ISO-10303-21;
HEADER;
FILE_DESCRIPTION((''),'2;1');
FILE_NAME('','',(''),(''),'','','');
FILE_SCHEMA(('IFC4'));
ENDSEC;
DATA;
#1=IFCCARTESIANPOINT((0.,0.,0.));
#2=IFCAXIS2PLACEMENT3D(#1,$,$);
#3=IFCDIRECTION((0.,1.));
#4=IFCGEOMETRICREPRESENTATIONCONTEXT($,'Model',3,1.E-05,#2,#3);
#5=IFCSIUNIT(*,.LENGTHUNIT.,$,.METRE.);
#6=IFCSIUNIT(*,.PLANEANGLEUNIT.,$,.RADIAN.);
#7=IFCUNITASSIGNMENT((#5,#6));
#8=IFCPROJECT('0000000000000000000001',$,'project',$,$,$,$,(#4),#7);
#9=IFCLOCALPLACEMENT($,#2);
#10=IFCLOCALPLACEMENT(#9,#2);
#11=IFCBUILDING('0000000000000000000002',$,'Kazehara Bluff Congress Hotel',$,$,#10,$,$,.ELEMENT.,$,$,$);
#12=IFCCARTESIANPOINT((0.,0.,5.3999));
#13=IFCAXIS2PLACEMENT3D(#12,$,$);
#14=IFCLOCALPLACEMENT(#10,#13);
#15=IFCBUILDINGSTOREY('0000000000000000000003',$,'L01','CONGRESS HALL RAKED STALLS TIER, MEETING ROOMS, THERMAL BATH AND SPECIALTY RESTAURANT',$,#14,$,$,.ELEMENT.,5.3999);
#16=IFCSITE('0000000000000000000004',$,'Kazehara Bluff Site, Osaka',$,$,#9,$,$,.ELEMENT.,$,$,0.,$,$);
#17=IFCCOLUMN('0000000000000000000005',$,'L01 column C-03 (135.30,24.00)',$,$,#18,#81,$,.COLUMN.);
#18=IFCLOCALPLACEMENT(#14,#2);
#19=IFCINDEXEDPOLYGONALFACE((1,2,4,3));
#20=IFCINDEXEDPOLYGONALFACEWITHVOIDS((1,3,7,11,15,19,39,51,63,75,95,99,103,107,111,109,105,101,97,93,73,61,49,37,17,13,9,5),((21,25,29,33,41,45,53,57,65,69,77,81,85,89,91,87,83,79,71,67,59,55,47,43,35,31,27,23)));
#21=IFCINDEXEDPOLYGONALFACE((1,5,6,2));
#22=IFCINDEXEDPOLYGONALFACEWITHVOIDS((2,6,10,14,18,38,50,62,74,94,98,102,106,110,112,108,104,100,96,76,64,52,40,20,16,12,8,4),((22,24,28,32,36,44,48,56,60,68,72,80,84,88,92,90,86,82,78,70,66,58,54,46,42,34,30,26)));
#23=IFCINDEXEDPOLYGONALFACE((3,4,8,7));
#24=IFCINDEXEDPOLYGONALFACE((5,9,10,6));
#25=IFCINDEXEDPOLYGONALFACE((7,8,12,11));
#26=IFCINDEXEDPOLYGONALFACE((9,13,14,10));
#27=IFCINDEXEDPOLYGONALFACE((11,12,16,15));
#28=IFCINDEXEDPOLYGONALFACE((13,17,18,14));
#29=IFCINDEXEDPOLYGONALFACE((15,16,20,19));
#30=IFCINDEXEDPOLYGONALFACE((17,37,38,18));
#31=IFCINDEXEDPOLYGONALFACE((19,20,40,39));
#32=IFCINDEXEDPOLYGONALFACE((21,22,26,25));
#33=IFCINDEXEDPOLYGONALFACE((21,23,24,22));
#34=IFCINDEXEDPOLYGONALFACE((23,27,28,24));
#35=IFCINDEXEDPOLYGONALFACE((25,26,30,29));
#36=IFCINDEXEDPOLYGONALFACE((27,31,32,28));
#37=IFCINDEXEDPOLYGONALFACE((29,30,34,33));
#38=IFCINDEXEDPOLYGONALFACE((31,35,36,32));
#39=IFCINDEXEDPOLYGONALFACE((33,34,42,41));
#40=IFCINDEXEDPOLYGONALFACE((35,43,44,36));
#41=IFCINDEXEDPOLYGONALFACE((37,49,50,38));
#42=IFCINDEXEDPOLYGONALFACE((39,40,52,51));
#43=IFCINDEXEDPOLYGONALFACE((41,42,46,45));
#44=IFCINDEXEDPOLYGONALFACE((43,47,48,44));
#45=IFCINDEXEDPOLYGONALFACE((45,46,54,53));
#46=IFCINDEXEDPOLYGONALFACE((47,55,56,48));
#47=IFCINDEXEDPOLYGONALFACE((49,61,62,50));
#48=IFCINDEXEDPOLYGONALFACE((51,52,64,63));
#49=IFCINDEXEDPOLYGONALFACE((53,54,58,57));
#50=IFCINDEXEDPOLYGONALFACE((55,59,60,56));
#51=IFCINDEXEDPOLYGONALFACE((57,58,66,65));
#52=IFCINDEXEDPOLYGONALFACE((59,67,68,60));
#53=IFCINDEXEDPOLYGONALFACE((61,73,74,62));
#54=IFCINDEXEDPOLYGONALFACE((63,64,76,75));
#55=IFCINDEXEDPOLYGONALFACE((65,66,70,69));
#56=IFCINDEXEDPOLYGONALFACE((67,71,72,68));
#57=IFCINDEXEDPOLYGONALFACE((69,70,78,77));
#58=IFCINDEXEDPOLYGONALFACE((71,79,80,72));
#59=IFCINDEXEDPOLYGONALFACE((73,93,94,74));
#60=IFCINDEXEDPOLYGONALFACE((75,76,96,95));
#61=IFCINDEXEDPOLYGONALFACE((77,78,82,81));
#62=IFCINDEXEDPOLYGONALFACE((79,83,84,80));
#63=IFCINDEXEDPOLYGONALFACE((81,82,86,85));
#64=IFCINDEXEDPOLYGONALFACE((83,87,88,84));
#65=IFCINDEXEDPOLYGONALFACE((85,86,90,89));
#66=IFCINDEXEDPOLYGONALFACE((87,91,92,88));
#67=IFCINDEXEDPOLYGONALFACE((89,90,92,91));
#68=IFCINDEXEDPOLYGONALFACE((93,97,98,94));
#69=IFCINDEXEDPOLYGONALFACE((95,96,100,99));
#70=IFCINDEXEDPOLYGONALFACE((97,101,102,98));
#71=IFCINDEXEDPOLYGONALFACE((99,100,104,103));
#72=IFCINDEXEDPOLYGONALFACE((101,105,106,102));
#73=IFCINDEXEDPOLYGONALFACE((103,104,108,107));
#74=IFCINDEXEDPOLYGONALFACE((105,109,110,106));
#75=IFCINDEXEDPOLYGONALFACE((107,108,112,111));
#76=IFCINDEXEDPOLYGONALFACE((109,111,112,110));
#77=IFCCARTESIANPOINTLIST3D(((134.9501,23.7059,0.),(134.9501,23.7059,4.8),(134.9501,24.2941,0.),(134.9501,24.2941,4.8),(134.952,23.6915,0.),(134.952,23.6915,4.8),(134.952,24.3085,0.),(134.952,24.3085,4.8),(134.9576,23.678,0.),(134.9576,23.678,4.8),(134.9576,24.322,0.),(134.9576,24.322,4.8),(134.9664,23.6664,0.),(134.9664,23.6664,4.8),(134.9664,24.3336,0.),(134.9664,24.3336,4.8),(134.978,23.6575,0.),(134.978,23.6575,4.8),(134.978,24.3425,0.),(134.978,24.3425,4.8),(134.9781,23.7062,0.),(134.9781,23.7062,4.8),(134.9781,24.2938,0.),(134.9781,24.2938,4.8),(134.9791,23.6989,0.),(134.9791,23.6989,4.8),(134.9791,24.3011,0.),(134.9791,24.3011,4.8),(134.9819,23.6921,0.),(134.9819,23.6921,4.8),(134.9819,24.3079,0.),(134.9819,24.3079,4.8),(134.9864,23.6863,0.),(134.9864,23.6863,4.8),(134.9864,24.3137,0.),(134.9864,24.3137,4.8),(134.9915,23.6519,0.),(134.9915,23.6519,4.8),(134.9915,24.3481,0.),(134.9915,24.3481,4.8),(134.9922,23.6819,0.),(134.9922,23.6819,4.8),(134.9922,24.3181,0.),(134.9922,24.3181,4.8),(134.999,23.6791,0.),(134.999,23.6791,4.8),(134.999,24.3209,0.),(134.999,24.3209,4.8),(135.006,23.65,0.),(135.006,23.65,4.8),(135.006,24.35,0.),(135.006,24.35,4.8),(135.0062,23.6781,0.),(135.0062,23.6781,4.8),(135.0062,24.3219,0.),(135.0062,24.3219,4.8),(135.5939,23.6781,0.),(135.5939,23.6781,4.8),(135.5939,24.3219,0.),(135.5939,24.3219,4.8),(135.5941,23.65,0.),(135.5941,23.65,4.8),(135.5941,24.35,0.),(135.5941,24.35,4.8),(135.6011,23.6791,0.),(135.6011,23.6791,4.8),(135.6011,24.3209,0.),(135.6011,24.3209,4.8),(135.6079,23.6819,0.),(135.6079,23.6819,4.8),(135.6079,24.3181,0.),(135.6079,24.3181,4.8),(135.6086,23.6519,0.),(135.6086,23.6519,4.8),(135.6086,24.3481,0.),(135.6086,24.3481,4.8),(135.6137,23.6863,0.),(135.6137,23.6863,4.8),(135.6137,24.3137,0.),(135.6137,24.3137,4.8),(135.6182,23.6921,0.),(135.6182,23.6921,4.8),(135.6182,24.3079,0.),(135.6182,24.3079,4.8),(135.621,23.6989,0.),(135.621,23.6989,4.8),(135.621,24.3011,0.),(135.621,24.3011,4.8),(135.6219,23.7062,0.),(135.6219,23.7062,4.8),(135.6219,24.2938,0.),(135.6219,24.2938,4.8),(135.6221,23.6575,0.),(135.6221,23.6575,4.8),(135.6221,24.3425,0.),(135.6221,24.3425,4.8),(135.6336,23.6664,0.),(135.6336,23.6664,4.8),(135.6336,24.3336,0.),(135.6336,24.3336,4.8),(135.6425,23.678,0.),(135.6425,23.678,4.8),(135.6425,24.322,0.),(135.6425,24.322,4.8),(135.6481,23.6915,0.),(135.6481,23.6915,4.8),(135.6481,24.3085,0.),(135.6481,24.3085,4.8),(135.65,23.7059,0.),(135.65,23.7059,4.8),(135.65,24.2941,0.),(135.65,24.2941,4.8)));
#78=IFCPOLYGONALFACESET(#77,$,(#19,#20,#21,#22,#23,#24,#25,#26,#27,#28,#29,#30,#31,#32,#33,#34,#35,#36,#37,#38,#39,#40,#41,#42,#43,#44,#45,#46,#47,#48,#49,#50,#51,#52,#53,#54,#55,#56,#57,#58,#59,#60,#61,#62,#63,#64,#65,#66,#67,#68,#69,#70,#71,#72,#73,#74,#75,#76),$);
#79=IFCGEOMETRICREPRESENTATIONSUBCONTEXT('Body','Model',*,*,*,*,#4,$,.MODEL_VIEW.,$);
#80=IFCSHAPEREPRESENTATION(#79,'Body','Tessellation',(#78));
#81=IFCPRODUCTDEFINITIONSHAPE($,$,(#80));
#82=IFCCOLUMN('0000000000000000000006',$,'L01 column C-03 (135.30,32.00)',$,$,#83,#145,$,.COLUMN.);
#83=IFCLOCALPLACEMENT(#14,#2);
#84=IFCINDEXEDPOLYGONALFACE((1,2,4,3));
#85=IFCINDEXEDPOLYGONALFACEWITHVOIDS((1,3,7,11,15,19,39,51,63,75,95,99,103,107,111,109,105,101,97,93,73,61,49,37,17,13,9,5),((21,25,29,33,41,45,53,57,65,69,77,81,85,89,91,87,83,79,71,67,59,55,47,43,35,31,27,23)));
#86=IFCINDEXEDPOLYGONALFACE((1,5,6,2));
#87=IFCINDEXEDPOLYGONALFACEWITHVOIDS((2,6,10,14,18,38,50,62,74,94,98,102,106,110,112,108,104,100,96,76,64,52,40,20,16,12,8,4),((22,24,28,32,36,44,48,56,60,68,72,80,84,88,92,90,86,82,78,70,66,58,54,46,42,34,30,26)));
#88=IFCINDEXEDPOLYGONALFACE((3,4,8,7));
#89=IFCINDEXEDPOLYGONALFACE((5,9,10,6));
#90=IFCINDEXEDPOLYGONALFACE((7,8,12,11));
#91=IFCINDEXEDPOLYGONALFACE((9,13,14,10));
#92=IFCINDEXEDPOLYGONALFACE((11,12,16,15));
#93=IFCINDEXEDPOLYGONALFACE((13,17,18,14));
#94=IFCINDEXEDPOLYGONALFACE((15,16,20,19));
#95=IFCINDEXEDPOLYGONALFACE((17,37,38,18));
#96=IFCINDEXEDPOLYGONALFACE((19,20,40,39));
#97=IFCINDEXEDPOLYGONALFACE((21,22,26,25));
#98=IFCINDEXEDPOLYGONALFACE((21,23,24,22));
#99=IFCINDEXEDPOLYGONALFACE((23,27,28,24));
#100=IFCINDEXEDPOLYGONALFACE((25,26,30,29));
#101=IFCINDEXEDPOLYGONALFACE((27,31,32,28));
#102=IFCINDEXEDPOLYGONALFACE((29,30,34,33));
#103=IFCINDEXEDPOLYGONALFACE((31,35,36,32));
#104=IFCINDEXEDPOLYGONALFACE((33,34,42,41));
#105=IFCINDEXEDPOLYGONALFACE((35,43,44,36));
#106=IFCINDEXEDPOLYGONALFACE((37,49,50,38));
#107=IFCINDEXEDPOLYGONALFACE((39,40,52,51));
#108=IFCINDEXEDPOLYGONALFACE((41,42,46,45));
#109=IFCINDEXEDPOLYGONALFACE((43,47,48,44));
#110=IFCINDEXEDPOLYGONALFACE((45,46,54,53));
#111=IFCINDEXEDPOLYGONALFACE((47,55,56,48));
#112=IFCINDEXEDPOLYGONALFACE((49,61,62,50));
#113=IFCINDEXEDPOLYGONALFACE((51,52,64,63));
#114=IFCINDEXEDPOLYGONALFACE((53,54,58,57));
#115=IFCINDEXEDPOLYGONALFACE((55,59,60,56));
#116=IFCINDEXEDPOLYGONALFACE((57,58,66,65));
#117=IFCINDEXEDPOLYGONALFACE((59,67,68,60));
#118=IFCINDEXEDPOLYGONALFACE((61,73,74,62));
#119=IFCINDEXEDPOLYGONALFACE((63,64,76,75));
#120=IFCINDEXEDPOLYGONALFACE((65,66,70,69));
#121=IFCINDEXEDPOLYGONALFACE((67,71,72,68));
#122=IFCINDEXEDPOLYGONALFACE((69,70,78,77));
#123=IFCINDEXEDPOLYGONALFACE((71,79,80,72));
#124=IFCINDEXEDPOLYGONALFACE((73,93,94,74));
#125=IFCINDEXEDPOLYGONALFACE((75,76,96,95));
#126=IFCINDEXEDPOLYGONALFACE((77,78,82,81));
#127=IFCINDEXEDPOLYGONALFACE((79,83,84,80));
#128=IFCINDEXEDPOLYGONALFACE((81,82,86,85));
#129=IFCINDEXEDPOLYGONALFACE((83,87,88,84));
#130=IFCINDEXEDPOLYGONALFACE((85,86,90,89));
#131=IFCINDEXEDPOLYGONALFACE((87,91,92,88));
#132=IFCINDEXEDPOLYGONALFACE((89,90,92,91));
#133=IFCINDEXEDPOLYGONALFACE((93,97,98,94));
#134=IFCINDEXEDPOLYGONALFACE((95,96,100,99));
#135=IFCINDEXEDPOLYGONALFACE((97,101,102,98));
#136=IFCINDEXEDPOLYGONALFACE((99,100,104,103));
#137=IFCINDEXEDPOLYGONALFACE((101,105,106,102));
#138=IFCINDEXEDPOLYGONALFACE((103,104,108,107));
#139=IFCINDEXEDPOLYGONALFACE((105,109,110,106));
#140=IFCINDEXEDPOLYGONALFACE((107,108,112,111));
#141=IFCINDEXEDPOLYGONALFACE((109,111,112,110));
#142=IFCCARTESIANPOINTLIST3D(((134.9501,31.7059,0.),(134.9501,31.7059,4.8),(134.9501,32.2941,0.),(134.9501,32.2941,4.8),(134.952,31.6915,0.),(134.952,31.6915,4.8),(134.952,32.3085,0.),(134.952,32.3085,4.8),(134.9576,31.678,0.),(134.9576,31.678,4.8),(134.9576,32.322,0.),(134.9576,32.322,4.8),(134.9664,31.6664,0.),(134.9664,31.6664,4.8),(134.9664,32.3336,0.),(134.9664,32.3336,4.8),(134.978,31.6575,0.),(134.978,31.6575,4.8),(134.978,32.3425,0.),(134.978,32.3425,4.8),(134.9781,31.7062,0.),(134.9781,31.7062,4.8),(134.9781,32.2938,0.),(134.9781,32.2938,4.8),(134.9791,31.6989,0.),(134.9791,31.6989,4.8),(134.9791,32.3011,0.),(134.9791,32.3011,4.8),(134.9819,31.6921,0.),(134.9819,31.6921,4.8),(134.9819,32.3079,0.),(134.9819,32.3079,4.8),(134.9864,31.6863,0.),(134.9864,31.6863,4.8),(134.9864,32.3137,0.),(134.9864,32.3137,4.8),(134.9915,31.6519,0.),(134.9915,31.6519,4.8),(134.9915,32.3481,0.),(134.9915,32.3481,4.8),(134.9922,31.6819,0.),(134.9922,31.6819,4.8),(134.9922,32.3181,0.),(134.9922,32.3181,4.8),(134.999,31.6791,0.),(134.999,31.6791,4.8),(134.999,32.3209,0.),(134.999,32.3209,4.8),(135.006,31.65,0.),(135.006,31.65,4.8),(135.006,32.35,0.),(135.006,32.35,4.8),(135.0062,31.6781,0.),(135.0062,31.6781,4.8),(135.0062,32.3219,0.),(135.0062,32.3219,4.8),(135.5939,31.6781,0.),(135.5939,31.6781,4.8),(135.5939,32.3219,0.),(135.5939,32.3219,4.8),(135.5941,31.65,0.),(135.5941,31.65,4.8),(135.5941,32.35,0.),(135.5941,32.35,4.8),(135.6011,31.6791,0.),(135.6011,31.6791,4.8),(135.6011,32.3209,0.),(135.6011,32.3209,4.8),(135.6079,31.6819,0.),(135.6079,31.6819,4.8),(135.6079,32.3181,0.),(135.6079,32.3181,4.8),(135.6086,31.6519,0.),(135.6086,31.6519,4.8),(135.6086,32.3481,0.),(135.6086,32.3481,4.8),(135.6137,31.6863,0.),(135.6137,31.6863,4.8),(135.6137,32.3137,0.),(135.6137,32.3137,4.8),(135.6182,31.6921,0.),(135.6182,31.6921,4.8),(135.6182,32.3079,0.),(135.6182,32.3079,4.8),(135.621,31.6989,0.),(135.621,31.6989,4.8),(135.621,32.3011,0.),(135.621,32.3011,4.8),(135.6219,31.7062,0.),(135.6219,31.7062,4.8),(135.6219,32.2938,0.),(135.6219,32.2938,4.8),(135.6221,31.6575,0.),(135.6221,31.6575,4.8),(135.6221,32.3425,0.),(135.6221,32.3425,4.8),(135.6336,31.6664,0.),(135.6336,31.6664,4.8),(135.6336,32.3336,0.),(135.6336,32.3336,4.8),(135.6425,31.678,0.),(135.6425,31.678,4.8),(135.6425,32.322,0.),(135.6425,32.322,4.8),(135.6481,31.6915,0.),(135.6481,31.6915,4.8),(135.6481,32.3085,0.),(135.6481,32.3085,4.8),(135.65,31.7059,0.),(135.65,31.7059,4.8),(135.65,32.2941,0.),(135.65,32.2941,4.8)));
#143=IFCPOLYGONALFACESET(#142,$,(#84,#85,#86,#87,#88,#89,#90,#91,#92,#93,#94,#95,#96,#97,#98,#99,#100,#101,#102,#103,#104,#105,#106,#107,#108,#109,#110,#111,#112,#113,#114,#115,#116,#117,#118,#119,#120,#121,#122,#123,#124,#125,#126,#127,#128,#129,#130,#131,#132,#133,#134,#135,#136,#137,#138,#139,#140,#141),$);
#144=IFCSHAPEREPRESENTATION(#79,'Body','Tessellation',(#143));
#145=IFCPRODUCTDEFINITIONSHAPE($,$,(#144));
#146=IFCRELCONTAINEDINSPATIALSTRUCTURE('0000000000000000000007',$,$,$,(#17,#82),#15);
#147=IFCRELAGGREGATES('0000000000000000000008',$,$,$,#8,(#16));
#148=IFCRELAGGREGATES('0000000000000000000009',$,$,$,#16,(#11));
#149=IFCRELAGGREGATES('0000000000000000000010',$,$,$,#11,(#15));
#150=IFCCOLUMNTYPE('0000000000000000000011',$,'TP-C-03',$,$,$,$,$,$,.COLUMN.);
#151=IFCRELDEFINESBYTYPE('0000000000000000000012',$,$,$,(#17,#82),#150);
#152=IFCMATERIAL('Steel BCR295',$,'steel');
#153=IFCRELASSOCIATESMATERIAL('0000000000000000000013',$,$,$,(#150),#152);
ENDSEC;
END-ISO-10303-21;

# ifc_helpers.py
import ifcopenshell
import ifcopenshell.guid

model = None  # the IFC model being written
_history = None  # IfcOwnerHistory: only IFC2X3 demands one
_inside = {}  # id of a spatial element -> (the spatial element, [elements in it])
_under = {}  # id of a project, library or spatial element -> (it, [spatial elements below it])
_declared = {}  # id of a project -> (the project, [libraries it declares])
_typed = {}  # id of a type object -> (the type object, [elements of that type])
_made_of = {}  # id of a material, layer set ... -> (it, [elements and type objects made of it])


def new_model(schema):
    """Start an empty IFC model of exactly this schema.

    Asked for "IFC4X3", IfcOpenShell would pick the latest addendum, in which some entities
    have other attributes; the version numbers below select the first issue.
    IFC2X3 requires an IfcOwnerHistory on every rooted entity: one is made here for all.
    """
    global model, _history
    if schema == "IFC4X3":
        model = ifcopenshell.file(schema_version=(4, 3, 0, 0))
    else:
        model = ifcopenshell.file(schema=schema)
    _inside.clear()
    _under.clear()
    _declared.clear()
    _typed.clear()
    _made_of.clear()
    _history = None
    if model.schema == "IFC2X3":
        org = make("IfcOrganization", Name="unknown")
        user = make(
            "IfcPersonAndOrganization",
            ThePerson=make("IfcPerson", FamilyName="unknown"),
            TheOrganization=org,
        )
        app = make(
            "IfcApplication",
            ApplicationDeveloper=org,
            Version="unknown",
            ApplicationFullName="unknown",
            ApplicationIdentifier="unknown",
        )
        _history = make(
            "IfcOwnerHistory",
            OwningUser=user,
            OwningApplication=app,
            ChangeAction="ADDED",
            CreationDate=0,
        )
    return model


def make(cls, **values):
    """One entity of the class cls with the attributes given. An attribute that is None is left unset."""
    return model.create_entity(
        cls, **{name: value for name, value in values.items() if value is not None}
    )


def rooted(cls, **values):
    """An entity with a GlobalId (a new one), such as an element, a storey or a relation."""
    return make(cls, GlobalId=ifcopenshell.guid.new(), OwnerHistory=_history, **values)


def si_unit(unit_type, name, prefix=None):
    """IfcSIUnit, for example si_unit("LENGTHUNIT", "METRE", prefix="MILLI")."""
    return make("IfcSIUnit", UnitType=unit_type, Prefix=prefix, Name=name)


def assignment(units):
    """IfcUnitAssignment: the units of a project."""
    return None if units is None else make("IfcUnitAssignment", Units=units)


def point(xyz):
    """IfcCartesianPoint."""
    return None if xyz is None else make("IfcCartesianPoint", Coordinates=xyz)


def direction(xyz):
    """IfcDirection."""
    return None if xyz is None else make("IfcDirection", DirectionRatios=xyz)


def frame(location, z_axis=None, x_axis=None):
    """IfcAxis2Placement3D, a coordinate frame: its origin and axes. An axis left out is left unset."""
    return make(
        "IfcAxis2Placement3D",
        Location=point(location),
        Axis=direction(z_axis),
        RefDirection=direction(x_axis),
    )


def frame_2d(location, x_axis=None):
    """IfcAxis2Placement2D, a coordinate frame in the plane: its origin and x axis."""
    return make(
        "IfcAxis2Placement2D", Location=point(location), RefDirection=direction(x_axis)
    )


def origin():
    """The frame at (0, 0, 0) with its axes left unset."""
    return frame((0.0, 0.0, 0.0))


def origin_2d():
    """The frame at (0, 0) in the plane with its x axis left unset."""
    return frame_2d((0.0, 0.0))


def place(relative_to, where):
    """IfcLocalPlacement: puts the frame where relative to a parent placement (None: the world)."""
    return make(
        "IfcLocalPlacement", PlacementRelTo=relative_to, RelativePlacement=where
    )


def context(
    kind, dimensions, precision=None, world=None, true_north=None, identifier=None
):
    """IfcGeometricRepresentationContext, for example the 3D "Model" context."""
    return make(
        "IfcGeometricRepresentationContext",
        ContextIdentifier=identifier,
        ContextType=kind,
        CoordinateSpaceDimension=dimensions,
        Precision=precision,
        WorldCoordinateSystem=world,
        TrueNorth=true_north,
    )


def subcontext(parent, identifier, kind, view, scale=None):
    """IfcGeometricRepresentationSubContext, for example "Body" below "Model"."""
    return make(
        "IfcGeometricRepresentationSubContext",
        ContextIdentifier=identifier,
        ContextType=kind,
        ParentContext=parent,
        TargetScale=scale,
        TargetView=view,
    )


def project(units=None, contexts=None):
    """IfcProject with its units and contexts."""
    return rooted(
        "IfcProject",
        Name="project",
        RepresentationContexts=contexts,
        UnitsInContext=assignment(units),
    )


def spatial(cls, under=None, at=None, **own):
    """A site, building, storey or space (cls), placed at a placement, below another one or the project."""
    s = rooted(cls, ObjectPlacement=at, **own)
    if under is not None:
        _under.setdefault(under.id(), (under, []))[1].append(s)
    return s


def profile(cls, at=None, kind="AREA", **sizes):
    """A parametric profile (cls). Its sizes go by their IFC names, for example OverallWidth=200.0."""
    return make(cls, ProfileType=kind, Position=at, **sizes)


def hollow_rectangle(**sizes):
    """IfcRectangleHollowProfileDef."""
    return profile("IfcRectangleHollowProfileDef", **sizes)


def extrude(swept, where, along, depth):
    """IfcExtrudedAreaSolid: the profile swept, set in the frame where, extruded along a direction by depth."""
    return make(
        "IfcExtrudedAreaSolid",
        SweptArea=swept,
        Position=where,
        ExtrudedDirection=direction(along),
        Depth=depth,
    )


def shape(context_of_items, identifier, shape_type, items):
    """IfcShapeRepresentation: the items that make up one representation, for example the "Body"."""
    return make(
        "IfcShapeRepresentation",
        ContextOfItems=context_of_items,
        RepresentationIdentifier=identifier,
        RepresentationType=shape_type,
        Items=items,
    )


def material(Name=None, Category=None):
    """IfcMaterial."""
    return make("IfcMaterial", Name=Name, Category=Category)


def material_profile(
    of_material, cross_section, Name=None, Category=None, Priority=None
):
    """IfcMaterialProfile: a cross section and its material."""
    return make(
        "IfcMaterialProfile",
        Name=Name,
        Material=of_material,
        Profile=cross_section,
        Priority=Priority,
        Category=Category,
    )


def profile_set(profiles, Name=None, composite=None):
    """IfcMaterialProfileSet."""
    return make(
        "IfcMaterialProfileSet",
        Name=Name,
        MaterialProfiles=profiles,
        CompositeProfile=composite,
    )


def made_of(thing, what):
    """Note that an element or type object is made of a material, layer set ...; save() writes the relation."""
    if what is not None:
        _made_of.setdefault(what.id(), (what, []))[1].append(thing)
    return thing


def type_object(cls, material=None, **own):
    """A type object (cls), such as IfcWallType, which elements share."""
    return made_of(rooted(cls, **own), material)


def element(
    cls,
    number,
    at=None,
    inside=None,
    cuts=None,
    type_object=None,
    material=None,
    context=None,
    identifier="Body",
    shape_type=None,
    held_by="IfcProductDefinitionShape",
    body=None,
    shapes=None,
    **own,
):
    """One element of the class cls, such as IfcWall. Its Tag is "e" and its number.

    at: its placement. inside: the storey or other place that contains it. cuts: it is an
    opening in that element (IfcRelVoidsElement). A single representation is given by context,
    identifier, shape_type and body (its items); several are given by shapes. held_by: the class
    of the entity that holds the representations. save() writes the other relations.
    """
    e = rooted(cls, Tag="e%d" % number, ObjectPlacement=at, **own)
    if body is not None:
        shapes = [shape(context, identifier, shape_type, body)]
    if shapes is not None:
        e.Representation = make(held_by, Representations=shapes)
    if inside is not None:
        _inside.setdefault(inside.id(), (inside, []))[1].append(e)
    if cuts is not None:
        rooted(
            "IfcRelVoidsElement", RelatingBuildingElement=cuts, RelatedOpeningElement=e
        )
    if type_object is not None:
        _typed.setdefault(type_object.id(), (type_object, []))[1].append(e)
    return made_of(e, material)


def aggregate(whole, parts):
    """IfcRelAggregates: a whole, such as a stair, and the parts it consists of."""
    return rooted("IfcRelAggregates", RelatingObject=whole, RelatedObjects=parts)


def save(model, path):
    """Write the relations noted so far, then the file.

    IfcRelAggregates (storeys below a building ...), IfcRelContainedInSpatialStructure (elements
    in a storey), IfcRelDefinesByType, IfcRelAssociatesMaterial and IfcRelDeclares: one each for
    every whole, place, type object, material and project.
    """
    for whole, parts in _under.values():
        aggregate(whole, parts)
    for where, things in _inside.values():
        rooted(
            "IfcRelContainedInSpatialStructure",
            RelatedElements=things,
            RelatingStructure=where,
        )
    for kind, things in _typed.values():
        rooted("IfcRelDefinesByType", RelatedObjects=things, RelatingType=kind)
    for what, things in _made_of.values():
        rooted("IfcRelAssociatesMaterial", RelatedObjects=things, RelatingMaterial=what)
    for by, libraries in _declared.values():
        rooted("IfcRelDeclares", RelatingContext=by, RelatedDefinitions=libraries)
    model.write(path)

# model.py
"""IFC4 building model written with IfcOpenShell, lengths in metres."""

from ifc_helpers import new_model, si_unit, direction, frame, origin, origin_2d, place, context, subcontext, project, spatial, hollow_rectangle, extrude, material, material_profile, profile_set, type_object, element, save


model = new_model("IFC4")

# Units and contexts
model_context = context("Model", 3, precision=1e-05, world=origin(), true_north=direction((0.0, 1.0)))
body_context = subcontext(model_context, "Body", "Model", "MODEL_VIEW")
ifc_project = project(units=[si_unit("LENGTHUNIT", "METRE"), si_unit("PLANEANGLEUNIT", "RADIAN")], contexts=[model_context])

# Site, building, storey
site_placement = place(None, origin())
site = spatial("IfcSite", under=ifc_project, at=site_placement, Name="Kazehara Bluff Site, Osaka", CompositionType="ELEMENT", RefElevation=0.0)
building_placement = place(site_placement, origin())
building = spatial("IfcBuilding", under=site, at=building_placement, Name="Kazehara Bluff Congress Hotel", CompositionType="ELEMENT")
storey_placement = place(building_placement, frame((0.0, 0.0, 5.3999)))
storey = spatial("IfcBuildingStorey", under=building, at=storey_placement, Name="L01", Description="CONGRESS HALL RAKED STALLS TIER, MEETING ROOMS, THERMAL BATH AND SPECIALTY RESTAURANT", CompositionType="ELEMENT", Elevation=5.3999)

# Columns
ifc_material_1 = material(Name="Steel BCR295", Category="steel")
ifc_material_profile_1 = material_profile(ifc_material_1, hollow_rectangle(XDim=0.7, YDim=0.7, WallThickness=0.0281, InnerFilletRadius=0.0281, OuterFilletRadius=0.0559, at=origin_2d()))
ifc_profile_set_1 = profile_set([ifc_material_profile_1], Name="Steel BCR295")
column_type = type_object("IfcColumnType", Name="TP-C-03", PredefinedType="COLUMN", material=ifc_profile_set_1)
for number, where, z_axis, x_axis, name in (
    (1, (135.3, 24.0, 0.0), (0.0, 0.0, 1.0), (1.0, 0.0, 0.0), "L01 column C-03 (135.30,24.00)"),
    (2, (135.3, 32.0, 0.0), (0.0, 0.0, 1.0), (1.0, 0.0, 0.0), "L01 column C-03 (135.30,32.00)"),
):
    element("IfcColumn", number, at=place(storey_placement, frame(where, z_axis=z_axis, x_axis=x_axis)), inside=storey, type_object=column_type, Name=name, PredefinedType="COLUMN", context=body_context, shape_type="SweptSolid", body=[
        extrude(hollow_rectangle(XDim=0.7, YDim=0.7, WallThickness=0.0281, InnerFilletRadius=0.0281, OuterFilletRadius=0.0559, at=origin_2d()), origin(), (0.0, 0.0, 1.0), 4.8),
    ])

save(model, "model.ifc")
